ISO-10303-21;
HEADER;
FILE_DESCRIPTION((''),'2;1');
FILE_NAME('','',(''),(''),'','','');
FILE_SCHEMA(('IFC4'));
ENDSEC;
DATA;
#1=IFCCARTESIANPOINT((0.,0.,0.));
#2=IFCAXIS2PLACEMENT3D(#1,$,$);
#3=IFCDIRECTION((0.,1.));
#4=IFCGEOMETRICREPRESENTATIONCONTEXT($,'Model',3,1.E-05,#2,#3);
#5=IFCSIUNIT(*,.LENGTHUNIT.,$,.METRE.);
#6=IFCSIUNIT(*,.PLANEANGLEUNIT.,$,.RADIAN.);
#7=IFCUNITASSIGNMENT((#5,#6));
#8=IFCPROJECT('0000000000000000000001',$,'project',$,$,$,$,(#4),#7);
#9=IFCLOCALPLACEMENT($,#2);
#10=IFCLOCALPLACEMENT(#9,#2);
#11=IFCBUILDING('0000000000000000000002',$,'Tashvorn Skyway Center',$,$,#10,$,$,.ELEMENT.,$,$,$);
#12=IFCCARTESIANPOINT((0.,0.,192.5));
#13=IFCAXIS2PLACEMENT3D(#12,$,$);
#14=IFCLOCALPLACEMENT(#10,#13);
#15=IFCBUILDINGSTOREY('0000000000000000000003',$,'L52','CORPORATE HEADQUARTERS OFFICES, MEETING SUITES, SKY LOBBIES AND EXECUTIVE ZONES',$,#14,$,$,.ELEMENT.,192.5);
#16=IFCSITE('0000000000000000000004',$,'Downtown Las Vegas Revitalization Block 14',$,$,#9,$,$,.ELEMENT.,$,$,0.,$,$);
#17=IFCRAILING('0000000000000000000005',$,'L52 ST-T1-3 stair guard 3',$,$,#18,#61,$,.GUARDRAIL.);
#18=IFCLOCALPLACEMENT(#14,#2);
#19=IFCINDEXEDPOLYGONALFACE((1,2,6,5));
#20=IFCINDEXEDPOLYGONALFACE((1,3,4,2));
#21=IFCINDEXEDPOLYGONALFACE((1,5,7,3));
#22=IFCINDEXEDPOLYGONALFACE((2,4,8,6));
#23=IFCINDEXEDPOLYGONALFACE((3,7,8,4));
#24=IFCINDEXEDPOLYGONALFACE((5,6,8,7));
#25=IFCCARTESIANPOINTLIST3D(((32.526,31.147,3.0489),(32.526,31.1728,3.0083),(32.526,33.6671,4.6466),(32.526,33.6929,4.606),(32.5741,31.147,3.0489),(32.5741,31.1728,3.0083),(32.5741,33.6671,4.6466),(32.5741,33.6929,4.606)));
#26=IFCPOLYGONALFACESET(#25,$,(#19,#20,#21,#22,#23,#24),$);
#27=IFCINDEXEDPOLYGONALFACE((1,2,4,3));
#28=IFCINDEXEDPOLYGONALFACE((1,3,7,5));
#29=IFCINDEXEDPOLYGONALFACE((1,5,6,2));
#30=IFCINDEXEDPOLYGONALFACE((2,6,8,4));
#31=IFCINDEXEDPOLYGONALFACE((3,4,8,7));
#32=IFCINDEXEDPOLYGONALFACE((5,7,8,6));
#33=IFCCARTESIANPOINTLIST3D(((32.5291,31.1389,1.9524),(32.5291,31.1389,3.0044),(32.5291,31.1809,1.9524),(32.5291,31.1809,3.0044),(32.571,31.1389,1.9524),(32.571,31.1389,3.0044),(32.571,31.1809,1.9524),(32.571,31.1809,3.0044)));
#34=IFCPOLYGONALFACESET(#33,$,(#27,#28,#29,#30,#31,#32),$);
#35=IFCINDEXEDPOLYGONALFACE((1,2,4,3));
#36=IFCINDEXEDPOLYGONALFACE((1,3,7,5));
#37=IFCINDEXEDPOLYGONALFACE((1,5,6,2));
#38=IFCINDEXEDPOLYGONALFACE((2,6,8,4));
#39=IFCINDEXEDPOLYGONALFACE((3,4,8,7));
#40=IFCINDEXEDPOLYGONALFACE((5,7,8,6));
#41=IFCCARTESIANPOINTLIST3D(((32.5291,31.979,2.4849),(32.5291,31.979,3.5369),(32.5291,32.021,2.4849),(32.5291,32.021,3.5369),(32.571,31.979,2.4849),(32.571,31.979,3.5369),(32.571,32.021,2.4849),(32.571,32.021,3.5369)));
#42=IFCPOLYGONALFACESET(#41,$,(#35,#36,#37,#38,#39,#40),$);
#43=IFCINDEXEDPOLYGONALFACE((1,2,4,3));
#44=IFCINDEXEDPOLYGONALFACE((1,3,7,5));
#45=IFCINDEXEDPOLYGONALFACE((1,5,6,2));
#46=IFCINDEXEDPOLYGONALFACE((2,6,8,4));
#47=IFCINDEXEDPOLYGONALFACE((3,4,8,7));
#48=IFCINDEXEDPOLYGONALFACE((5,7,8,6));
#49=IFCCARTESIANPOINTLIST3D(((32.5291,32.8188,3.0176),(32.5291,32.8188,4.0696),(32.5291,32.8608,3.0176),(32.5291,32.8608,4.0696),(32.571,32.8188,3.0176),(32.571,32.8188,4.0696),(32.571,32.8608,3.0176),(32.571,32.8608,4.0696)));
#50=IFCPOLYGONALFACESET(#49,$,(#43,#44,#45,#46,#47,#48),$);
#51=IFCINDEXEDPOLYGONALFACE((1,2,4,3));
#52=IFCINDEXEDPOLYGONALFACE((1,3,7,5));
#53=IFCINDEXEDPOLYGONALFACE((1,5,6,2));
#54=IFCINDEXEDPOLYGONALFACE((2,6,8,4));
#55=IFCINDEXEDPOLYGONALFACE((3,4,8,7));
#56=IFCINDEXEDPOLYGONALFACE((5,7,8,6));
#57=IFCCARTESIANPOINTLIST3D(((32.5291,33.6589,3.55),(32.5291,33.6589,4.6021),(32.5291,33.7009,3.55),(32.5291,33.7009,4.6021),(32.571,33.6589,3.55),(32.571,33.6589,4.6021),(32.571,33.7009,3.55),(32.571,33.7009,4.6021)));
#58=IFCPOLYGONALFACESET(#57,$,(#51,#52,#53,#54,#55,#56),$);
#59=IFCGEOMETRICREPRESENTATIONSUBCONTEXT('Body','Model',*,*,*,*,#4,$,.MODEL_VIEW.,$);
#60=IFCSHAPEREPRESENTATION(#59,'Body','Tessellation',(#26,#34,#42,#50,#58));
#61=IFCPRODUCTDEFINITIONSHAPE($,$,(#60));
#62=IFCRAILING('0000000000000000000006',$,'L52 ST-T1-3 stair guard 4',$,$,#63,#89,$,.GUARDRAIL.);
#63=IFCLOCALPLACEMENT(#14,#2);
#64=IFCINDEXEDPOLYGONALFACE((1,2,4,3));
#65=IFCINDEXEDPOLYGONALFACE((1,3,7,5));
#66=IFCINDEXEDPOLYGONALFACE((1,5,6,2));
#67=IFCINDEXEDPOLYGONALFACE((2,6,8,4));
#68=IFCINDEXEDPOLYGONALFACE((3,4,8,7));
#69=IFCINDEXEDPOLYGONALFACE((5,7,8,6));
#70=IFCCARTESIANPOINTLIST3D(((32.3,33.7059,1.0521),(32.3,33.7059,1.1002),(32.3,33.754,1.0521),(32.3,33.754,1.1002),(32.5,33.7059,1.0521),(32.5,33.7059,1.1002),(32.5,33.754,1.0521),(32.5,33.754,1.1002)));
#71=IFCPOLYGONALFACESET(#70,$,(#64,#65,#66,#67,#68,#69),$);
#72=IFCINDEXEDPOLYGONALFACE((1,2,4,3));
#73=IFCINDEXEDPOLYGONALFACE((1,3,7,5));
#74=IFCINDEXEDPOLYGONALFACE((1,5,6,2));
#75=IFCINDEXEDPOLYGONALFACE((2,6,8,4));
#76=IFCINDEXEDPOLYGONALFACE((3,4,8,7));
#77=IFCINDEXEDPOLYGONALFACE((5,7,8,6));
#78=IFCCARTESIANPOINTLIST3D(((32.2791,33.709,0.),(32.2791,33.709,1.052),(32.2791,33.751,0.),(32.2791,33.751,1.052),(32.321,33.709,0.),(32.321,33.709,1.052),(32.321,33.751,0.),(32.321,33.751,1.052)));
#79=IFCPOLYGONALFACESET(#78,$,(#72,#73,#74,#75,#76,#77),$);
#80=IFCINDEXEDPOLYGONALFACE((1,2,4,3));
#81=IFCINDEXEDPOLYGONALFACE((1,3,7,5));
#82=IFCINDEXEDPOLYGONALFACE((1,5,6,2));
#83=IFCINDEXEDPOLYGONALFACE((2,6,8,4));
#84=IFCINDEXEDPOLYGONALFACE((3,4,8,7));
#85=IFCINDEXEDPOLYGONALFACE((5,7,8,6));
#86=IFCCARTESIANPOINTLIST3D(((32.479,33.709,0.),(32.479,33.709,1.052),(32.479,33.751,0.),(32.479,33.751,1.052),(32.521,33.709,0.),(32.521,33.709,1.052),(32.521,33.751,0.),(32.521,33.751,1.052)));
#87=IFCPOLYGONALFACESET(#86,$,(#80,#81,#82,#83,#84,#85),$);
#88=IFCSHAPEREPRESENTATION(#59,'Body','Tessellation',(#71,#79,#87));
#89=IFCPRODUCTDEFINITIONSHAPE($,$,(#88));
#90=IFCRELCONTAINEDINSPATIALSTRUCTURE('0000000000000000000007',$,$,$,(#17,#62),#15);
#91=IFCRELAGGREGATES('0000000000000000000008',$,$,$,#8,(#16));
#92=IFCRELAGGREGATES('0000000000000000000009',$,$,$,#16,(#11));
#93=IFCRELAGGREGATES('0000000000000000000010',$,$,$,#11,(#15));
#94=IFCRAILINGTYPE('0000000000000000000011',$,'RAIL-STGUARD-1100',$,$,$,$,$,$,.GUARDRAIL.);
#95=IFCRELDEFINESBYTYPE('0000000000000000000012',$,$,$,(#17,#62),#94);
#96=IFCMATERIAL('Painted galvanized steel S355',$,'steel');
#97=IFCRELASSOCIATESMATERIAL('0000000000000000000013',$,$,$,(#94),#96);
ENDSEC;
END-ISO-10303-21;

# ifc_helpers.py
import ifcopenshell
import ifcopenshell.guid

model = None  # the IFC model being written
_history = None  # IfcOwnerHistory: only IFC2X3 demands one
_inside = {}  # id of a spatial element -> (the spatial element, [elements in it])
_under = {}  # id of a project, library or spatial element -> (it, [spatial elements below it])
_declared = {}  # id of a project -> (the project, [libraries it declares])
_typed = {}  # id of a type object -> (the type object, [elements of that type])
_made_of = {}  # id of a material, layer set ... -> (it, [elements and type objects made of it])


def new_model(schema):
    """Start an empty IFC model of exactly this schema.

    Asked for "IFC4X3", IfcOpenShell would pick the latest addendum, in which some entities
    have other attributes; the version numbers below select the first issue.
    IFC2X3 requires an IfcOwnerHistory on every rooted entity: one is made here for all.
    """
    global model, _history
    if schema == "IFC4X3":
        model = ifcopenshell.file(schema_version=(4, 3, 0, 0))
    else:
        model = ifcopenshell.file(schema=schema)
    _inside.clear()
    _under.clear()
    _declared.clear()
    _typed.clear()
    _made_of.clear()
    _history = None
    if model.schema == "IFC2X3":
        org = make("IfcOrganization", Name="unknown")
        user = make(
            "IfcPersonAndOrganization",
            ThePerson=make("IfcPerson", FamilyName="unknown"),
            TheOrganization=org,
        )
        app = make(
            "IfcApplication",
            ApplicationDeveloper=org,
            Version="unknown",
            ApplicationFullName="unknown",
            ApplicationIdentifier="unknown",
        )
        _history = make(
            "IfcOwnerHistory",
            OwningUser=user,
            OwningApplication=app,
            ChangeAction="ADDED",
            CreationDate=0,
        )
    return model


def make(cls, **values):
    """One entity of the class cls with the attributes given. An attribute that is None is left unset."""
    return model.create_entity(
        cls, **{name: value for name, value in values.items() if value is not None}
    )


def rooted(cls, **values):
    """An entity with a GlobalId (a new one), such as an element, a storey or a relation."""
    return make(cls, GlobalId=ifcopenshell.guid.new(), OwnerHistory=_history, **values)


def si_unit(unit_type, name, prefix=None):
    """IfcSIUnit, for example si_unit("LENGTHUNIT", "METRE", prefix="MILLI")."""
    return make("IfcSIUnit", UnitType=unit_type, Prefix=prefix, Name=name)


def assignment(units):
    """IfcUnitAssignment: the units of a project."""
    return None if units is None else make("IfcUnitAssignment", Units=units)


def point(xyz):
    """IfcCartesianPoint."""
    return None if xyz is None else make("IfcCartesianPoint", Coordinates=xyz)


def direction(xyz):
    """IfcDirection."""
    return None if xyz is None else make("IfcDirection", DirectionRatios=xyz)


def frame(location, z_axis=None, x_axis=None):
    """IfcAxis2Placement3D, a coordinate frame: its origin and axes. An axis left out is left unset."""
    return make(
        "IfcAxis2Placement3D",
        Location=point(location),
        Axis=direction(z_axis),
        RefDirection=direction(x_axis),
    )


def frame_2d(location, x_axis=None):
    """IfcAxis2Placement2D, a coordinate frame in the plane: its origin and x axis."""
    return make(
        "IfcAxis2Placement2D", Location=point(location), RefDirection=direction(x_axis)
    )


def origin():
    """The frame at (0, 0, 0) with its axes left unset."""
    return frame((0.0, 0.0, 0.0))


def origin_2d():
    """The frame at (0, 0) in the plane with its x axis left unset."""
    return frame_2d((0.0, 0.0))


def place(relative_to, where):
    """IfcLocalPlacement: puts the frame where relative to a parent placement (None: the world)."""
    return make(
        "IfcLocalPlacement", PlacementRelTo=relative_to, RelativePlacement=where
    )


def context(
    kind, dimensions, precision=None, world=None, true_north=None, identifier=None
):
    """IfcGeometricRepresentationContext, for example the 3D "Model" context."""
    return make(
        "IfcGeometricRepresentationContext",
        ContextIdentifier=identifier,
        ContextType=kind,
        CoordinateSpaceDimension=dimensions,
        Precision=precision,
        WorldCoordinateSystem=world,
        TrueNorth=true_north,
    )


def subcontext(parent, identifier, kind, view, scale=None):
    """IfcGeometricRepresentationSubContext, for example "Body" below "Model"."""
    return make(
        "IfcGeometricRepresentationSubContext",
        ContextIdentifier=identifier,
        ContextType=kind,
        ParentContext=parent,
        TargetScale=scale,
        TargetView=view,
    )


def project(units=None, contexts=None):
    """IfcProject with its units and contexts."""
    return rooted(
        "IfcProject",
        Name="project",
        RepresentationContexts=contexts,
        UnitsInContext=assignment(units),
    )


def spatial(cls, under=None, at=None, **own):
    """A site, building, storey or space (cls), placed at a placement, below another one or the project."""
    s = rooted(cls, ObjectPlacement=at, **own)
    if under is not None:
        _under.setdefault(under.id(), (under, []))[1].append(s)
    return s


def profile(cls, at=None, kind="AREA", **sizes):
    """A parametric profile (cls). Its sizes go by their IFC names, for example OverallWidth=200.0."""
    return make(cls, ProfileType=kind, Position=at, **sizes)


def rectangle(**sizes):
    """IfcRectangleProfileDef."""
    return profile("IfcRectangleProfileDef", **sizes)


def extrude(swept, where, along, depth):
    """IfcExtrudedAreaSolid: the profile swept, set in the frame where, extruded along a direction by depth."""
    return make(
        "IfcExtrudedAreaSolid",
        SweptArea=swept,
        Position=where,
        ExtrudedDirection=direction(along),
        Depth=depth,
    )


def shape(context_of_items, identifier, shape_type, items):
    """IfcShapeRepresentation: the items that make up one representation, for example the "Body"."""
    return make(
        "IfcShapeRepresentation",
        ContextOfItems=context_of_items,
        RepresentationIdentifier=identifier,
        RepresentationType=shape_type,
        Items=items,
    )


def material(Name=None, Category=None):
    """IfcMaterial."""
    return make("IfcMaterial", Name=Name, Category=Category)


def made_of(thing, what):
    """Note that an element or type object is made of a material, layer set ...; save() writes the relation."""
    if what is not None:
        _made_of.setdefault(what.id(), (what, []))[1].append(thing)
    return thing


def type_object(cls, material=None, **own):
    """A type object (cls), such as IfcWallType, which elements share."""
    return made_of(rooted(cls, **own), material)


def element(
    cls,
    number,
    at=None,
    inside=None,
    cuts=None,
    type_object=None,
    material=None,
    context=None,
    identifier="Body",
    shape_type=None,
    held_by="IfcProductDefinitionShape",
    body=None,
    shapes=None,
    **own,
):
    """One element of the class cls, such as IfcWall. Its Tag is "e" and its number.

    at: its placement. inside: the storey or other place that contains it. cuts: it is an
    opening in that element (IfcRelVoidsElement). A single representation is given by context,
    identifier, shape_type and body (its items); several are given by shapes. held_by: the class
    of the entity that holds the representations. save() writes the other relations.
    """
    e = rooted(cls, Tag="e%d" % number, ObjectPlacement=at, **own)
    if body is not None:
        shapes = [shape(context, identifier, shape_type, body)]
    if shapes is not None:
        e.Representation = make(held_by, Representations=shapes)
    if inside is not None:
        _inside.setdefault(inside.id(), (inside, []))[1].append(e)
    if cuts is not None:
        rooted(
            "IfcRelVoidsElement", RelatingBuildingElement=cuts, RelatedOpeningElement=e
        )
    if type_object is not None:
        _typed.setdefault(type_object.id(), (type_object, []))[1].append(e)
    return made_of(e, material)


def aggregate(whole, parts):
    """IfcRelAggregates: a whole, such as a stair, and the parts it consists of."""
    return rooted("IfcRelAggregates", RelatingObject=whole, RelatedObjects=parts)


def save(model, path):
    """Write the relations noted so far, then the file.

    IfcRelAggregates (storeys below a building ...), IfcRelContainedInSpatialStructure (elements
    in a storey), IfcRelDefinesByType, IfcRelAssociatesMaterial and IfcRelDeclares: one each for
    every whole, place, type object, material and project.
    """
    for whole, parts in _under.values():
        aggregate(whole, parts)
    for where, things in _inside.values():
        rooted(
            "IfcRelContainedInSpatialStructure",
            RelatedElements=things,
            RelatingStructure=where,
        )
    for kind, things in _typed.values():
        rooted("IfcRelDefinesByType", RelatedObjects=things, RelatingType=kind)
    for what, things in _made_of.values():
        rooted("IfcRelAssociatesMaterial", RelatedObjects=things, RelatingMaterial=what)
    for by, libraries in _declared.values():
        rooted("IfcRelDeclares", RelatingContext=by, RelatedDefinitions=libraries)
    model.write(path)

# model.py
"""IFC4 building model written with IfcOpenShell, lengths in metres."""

from ifc_helpers import new_model, si_unit, direction, frame, origin, origin_2d, place, context, subcontext, project, spatial, rectangle, extrude, material, type_object, element, save


model = new_model("IFC4")

# Units and contexts
model_context = context("Model", 3, precision=1e-05, world=origin(), true_north=direction((0.0, 1.0)))
body_context = subcontext(model_context, "Body", "Model", "MODEL_VIEW")
ifc_project = project(units=[si_unit("LENGTHUNIT", "METRE"), si_unit("PLANEANGLEUNIT", "RADIAN")], contexts=[model_context])

# Site, building, storey
site_placement = place(None, origin())
site = spatial("IfcSite", under=ifc_project, at=site_placement, Name="Downtown Las Vegas Revitalization Block 14", CompositionType="ELEMENT", RefElevation=0.0)
building_placement = place(site_placement, origin())
building = spatial("IfcBuilding", under=site, at=building_placement, Name="Tashvorn Skyway Center", CompositionType="ELEMENT")
storey_placement = place(building_placement, frame((0.0, 0.0, 192.5)))
storey = spatial("IfcBuildingStorey", under=building, at=storey_placement, Name="L52", Description="CORPORATE HEADQUARTERS OFFICES, MEETING SUITES, SKY LOBBIES AND EXECUTIVE ZONES", CompositionType="ELEMENT", Elevation=192.5)

# Railings
ifc_material_1 = material(Name="Painted galvanized steel S355", Category="steel")
railing_type_1 = type_object("IfcRailingType", Name="RAIL-STGUARD-1100", PredefinedType="GUARDRAIL", material=ifc_material_1)
railing_1_placement = place(storey_placement, frame((32.55, 31.1599, 1.9524)))
element("IfcRailing", 1, at=railing_1_placement, inside=storey, type_object=railing_type_1, Name="L52 ST-T1-3 stair guard 3", PredefinedType="GUARDRAIL", context=body_context, shape_type="SweptSolid", body=[
    extrude(rectangle(XDim=0.0481, YDim=0.0481, at=origin_2d()), frame((0.0, 0.0, 1.0762), z_axis=(0.0, 0.84457, 0.535445), x_axis=(-1.0, 0.0, 0.0)), (0.0, 0.0, 1.0), 2.9839),
    extrude(rectangle(XDim=0.042, YDim=0.042, at=origin_2d()), origin(), (0.0, 0.0, 1.0), 1.052),
    extrude(rectangle(XDim=0.042, YDim=0.042, at=origin_2d()), frame((0.0, 0.8401, 0.5325)), (0.0, 0.0, 1.0), 1.052),
    extrude(rectangle(XDim=0.042, YDim=0.042, at=origin_2d()), frame((0.0, 1.6799, 1.0652)), (0.0, 0.0, 1.0), 1.052),
    extrude(rectangle(XDim=0.042, YDim=0.042, at=origin_2d()), frame((0.0, 2.52, 1.5977)), (0.0, 0.0, 1.0), 1.052),
])
railing_2_placement = place(storey_placement, frame((32.3, 33.73, 0.0)))
element("IfcRailing", 2, at=railing_2_placement, inside=storey, type_object=railing_type_1, Name="L52 ST-T1-3 stair guard 4", PredefinedType="GUARDRAIL", context=body_context, shape_type="SweptSolid", body=[
    extrude(rectangle(XDim=0.0481, YDim=0.0481, at=origin_2d()), frame((0.0, 0.0, 1.0762), z_axis=(1.0, 0.0, 0.0), x_axis=(0.0, 1.0, 0.0)), (0.0, 0.0, 1.0), 0.2),
    extrude(rectangle(XDim=0.042, YDim=0.042, at=origin_2d()), origin(), (0.0, 0.0, 1.0), 1.052),
    extrude(rectangle(XDim=0.042, YDim=0.042, at=origin_2d()), frame((0.2, 0.0, 0.0)), (0.0, 0.0, 1.0), 1.052),
])

save(model, "model.ifc")
